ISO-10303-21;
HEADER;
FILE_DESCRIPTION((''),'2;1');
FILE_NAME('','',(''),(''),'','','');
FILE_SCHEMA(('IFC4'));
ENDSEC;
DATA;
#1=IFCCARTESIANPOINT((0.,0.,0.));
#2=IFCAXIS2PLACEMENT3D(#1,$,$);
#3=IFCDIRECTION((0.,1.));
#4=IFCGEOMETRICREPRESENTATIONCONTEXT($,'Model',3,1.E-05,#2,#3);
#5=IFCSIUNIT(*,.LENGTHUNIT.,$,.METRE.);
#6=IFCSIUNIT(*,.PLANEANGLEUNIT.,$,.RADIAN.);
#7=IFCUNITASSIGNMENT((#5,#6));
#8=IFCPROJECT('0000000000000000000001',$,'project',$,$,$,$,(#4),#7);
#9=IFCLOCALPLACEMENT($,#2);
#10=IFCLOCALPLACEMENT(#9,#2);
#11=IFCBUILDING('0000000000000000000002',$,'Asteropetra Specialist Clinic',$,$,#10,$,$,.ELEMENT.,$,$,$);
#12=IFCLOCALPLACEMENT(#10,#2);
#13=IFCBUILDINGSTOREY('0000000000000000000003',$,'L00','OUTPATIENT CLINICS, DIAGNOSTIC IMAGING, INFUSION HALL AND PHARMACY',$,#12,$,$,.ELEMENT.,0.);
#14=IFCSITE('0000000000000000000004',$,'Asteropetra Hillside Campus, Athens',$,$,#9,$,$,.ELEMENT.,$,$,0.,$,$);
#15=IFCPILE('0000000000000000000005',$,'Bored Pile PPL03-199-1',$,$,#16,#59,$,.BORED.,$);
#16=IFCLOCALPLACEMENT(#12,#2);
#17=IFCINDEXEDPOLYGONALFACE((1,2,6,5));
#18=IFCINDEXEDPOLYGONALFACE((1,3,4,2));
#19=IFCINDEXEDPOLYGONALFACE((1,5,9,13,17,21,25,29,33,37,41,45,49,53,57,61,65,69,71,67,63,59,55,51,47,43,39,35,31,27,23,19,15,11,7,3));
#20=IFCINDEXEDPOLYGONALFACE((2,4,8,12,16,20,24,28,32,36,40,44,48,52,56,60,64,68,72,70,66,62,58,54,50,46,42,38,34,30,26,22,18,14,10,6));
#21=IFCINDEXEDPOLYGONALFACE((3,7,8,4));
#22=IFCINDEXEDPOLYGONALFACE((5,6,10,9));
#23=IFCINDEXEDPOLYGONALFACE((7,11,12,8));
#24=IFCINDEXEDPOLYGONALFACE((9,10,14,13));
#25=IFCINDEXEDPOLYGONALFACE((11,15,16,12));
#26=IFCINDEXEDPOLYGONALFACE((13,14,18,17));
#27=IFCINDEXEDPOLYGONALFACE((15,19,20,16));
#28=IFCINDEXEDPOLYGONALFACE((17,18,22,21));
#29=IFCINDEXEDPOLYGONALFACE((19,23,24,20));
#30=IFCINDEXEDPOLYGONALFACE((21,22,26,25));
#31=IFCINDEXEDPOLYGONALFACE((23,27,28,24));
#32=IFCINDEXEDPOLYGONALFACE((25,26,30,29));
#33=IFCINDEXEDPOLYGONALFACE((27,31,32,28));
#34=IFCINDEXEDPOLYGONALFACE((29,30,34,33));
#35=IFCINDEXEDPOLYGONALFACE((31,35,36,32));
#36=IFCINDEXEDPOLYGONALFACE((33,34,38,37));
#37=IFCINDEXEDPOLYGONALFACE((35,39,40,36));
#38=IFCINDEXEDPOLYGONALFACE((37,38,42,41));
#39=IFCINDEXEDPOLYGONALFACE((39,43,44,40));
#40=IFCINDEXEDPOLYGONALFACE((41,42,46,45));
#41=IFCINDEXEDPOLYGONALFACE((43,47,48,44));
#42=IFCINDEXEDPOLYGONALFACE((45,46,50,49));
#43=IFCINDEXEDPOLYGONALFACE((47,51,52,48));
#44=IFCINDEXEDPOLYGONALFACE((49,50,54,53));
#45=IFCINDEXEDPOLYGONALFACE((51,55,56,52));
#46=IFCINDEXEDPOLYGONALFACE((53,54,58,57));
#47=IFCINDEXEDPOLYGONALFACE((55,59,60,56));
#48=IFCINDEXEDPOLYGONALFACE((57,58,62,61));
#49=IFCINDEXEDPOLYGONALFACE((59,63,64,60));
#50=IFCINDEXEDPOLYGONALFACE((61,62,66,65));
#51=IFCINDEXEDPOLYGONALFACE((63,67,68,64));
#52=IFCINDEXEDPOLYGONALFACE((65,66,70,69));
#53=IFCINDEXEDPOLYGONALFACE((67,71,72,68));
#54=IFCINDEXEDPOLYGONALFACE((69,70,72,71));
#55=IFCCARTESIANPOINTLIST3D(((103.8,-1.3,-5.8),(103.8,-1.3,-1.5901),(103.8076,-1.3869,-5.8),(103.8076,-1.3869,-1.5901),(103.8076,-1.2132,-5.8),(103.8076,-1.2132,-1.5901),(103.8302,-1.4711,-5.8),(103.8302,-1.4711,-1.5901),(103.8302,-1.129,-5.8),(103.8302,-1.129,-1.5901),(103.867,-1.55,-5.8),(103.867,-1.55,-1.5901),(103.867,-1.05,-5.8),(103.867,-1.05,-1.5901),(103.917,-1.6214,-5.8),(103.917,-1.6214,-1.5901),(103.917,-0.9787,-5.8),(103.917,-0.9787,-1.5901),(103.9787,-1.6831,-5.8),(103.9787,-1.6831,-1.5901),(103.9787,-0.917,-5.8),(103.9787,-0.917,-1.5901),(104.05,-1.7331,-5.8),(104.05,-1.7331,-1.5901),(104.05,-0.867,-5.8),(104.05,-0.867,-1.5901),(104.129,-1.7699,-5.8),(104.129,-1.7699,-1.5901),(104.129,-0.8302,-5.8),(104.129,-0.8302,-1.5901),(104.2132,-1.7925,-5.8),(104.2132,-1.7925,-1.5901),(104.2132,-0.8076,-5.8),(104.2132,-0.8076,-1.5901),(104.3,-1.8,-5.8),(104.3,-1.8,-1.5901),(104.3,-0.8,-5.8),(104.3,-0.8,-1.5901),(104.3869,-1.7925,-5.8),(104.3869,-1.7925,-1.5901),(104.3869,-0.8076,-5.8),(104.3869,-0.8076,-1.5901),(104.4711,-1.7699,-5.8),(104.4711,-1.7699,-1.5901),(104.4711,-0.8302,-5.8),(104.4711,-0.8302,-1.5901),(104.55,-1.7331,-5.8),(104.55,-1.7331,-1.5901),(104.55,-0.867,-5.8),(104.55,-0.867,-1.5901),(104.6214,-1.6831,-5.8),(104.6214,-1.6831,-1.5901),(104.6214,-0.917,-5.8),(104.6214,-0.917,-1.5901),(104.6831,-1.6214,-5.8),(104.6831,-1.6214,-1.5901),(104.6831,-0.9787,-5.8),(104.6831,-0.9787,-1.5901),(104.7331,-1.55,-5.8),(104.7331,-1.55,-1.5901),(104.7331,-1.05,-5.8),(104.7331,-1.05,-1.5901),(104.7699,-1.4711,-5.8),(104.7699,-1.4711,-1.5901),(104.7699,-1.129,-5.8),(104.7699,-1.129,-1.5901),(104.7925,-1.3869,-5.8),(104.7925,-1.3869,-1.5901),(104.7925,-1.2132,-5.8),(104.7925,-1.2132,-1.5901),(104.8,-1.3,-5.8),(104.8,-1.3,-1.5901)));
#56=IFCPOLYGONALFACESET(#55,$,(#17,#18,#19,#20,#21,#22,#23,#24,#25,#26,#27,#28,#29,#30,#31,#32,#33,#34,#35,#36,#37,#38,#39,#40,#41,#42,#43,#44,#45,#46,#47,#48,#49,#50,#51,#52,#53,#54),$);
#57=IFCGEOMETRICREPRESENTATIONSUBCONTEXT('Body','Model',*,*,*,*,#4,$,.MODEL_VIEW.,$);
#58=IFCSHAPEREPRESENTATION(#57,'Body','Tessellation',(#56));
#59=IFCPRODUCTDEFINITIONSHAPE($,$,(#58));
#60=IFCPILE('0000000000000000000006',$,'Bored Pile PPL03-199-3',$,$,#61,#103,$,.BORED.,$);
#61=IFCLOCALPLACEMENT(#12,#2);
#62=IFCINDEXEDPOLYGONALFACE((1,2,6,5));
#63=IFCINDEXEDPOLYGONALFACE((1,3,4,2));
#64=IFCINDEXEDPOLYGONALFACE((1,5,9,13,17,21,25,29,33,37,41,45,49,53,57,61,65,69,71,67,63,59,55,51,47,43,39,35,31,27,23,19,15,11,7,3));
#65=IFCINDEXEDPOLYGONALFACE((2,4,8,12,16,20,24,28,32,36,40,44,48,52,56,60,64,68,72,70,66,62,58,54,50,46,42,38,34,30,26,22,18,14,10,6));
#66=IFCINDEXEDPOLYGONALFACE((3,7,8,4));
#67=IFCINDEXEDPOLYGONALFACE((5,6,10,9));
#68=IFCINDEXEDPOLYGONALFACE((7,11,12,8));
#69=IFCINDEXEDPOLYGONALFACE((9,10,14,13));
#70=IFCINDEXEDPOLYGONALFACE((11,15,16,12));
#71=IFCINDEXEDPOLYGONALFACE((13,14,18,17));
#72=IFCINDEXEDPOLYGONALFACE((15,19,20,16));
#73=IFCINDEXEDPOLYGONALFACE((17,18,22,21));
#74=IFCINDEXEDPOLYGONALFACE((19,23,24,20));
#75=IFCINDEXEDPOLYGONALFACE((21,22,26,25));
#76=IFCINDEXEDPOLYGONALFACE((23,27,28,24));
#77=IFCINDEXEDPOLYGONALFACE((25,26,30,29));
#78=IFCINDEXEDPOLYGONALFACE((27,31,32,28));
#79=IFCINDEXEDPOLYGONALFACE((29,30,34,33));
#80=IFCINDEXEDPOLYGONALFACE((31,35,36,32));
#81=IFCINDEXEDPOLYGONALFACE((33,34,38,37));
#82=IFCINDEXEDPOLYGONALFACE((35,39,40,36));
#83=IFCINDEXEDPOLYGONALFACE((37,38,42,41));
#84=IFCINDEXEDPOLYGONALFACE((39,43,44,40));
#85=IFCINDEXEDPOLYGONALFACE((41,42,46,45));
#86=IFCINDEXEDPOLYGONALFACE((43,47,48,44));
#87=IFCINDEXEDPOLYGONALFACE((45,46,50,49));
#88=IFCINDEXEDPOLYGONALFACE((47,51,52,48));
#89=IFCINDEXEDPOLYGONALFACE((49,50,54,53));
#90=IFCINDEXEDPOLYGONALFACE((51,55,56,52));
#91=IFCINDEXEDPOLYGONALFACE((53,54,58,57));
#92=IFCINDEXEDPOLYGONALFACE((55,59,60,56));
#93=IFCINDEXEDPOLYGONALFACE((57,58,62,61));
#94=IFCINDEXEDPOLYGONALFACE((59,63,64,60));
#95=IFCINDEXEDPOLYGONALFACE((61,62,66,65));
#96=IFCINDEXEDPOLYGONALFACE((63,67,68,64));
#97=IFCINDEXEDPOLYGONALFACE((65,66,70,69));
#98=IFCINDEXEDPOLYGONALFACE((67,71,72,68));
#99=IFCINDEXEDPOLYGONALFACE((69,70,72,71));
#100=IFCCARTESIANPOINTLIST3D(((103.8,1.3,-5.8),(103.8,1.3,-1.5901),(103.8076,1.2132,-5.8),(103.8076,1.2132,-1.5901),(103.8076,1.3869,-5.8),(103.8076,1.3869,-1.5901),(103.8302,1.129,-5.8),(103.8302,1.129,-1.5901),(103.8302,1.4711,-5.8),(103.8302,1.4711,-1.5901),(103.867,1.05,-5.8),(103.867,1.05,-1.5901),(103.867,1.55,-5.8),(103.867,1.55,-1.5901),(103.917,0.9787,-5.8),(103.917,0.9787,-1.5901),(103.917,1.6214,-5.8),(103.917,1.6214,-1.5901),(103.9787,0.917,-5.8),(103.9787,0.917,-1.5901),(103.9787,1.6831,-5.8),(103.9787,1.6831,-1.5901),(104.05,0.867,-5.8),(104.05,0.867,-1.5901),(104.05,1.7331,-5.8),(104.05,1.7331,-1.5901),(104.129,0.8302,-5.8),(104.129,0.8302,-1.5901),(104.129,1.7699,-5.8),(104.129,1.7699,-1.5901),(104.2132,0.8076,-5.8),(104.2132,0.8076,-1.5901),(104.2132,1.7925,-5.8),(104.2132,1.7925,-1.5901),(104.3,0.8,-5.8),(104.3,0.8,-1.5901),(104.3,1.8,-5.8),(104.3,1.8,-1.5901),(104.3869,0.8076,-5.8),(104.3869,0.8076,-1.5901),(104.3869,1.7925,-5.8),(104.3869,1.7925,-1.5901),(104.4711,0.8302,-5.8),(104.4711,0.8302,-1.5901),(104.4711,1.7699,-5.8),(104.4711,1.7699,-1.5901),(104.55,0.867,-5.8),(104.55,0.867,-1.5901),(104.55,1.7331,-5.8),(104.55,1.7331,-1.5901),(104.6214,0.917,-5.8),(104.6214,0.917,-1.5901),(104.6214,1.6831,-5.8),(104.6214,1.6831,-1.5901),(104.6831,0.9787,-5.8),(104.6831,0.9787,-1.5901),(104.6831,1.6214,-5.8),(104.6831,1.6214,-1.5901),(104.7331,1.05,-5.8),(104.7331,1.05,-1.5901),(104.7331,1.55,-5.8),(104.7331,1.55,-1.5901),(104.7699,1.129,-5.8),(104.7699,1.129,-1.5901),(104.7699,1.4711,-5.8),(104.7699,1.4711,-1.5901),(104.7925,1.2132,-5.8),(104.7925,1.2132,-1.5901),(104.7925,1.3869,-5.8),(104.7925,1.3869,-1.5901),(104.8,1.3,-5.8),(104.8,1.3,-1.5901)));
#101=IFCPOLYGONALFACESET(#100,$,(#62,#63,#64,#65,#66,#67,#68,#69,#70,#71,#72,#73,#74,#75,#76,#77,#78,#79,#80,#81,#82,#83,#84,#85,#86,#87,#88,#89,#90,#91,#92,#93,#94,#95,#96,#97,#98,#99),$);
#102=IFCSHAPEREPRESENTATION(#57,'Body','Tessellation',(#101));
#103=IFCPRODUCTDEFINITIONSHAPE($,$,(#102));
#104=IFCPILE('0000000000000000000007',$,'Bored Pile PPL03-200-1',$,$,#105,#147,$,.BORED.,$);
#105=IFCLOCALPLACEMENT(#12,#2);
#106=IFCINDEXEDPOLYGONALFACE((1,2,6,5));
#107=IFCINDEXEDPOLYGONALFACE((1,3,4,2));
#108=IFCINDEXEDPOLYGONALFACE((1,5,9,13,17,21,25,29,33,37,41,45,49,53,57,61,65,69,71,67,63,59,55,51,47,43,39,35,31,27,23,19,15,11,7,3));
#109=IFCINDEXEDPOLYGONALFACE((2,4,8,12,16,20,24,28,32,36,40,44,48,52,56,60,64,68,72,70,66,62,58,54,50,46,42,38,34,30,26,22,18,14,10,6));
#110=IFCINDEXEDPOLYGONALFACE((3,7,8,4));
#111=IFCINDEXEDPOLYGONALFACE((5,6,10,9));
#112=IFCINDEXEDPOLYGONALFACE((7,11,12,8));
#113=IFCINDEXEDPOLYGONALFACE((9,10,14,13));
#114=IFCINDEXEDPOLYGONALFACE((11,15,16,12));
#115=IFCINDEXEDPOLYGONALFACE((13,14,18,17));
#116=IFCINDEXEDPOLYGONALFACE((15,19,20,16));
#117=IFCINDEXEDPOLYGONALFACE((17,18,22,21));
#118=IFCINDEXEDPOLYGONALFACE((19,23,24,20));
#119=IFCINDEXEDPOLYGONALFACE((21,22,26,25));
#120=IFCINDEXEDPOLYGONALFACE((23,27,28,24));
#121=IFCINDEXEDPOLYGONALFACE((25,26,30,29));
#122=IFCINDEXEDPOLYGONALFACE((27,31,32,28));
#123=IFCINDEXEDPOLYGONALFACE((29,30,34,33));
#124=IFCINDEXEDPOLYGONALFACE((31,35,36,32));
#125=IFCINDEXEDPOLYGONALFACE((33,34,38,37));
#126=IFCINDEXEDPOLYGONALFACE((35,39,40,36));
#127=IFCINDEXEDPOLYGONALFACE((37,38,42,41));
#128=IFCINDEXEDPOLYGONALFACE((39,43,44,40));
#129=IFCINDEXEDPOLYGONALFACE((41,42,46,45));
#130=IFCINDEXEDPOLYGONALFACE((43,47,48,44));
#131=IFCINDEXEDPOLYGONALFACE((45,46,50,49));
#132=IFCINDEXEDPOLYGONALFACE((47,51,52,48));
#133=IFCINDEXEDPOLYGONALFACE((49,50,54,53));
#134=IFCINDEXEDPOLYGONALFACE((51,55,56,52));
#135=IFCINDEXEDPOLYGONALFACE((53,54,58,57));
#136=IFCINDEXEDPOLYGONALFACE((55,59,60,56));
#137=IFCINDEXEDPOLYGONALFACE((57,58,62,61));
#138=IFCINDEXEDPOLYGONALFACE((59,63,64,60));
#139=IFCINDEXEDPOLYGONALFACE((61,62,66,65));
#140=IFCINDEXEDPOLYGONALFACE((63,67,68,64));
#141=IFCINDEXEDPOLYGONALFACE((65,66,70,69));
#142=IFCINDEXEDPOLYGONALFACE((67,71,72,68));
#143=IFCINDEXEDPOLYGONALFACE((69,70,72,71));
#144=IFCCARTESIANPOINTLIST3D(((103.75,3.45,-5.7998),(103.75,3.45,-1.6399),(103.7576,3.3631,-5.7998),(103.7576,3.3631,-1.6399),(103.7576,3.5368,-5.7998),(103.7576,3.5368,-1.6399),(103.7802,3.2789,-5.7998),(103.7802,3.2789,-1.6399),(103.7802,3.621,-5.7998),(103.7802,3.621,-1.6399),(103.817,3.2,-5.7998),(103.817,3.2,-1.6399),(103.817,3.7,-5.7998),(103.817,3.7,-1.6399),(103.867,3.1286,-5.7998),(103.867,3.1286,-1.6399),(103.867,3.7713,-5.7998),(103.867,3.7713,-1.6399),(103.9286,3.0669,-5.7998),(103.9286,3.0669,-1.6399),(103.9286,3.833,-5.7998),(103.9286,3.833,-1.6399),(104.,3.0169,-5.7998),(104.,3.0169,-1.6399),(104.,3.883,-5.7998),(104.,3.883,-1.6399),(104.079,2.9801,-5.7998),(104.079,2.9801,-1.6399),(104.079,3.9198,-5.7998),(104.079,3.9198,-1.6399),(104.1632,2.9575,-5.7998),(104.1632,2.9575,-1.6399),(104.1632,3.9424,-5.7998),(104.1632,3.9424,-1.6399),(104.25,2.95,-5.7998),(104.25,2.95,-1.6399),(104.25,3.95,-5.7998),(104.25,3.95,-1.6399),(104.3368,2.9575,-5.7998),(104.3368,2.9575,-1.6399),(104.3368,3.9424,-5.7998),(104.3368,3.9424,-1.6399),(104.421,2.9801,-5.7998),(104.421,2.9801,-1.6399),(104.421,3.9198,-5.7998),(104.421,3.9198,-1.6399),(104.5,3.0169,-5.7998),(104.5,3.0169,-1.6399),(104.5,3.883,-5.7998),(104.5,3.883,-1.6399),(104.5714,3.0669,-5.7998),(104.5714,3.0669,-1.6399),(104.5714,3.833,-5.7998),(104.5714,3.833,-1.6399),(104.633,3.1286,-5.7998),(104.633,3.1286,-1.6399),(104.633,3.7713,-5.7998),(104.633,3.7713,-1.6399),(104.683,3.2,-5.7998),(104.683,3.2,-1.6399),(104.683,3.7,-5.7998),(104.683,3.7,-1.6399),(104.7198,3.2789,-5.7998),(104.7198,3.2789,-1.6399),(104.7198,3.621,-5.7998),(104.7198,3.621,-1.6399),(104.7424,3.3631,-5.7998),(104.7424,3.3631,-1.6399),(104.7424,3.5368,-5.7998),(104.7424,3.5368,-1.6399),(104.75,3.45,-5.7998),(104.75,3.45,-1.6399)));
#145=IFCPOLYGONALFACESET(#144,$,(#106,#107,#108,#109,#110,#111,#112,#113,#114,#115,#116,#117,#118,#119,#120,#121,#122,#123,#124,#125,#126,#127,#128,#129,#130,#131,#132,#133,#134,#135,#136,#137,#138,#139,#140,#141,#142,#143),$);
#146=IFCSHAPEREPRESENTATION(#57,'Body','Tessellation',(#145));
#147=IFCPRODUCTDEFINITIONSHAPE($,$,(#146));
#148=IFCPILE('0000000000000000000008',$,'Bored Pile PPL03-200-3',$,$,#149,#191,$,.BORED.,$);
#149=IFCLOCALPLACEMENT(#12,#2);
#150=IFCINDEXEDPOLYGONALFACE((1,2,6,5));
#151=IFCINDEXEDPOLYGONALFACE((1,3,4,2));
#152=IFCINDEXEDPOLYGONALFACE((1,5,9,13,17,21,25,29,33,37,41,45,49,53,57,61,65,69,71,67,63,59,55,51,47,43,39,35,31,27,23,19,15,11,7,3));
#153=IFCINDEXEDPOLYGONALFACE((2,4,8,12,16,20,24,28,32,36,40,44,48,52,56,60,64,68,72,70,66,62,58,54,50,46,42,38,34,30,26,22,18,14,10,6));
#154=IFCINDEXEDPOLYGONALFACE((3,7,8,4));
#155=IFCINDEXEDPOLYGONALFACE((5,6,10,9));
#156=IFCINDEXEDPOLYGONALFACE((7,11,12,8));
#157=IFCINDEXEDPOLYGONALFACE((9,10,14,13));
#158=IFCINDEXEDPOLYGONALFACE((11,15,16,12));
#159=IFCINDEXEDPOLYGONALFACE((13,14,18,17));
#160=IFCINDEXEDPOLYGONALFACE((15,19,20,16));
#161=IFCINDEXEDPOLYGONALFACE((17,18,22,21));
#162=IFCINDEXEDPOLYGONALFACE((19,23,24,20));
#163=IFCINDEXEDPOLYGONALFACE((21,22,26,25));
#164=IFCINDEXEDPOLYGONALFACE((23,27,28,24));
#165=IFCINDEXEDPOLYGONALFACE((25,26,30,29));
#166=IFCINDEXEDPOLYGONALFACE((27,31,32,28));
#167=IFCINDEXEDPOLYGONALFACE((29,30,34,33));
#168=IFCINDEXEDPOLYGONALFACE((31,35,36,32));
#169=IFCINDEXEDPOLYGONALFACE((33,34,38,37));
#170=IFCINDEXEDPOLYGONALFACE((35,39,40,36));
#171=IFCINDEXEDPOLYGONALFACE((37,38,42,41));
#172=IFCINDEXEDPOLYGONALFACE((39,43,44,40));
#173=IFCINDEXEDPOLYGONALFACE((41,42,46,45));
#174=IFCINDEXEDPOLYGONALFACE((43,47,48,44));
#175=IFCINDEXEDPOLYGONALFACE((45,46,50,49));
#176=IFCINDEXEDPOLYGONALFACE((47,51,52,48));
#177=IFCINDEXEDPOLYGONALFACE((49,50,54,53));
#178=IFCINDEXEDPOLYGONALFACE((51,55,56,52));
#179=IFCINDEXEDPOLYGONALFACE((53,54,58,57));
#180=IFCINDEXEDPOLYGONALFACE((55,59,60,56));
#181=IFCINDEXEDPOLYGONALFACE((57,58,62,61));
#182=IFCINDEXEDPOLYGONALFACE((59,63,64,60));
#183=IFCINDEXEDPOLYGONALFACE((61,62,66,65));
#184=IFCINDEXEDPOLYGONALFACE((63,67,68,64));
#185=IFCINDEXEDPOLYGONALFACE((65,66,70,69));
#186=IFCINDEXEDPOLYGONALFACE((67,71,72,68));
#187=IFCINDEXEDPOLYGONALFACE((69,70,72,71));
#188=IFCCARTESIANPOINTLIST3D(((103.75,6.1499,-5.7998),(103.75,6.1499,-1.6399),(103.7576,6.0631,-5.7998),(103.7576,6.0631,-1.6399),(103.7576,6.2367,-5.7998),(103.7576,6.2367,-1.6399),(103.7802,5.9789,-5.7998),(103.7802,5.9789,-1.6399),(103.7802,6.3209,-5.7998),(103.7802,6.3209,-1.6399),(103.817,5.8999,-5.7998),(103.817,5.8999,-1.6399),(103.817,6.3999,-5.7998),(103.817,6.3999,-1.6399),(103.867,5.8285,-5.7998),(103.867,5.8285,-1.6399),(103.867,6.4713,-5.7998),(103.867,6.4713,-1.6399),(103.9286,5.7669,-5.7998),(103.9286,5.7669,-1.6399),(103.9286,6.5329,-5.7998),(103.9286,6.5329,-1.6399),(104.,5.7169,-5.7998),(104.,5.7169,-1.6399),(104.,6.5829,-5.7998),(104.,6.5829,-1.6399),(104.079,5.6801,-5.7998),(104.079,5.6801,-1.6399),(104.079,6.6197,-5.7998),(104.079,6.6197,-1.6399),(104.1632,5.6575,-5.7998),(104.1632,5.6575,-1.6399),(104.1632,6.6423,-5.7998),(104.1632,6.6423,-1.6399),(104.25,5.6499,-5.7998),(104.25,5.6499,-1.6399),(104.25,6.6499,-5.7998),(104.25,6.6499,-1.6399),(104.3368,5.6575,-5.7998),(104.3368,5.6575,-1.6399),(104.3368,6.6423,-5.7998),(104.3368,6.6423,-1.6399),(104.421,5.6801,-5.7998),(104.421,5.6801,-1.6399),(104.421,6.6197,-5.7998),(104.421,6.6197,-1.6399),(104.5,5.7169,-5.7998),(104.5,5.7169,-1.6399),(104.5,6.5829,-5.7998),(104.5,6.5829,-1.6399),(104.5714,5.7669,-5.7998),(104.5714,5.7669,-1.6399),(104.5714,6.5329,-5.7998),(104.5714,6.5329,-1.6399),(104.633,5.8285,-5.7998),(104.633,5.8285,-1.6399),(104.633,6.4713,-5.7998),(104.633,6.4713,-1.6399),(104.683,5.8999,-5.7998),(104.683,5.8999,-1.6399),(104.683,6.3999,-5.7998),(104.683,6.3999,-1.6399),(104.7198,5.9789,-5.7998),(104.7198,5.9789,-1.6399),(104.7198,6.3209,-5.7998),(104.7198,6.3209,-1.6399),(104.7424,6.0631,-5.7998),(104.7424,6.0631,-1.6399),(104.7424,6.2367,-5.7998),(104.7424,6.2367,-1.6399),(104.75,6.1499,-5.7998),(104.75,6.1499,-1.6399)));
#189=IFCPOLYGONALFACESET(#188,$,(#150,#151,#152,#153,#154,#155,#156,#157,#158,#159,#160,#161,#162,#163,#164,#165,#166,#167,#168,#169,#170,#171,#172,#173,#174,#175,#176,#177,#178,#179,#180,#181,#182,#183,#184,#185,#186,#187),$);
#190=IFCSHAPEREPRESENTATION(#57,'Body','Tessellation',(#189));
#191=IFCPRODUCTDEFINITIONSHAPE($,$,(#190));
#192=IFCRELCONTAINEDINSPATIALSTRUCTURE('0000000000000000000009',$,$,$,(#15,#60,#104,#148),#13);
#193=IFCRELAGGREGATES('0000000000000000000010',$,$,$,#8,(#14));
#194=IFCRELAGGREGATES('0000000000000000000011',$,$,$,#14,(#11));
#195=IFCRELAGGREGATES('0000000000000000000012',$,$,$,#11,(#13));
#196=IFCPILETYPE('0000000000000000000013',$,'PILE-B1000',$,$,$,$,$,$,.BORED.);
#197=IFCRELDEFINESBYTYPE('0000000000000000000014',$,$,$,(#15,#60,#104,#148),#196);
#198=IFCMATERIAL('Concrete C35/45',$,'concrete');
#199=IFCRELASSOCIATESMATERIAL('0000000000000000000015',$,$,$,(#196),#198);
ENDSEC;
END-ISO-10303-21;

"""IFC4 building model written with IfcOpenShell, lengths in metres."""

from ifc_helpers import new_model, si_unit, direction, frame, origin, origin_2d, place, context, subcontext, project, spatial, circle, extrude, material, material_profile, profile_set, type_object, element, save


model = new_model("IFC4")

# Units and contexts
model_context = context("Model", 3, precision=1e-05, world=origin(), true_north=direction((0.0, 1.0)))
body_context = subcontext(model_context, "Body", "Model", "MODEL_VIEW")
ifc_project = project(units=[si_unit("LENGTHUNIT", "METRE"), si_unit("PLANEANGLEUNIT", "RADIAN")], contexts=[model_context])

# Site, building, storey
site_placement = place(None, origin())
site = spatial("IfcSite", under=ifc_project, at=site_placement, Name="Asteropetra Hillside Campus, Athens", CompositionType="ELEMENT", RefElevation=0.0)
building_placement = place(site_placement, origin())
building = spatial("IfcBuilding", under=site, at=building_placement, Name="Asteropetra Specialist Clinic", CompositionType="ELEMENT")
storey_placement = place(building_placement, origin())
storey = spatial("IfcBuildingStorey", under=building, at=storey_placement, Name="L00", Description="OUTPATIENT CLINICS, DIAGNOSTIC IMAGING, INFUSION HALL AND PHARMACY", CompositionType="ELEMENT", Elevation=0.0)

# Piles
ifc_material_1 = material(Name="Concrete C35/45", Category="concrete")
ifc_material_profile_1 = material_profile(ifc_material_1, circle(Radius=0.5, at=origin_2d()), Name="PILE D1000")
ifc_profile_set_1 = profile_set([ifc_material_profile_1], Name="Concrete C35/45")
pile_type_1 = type_object("IfcPileType", Name="PILE-B1000", PredefinedType="BORED", material=ifc_profile_set_1)
for number, where, z_axis, x_axis, name in (
    (1, (104.3, -1.3, -1.5901), (0.0, 0.0, -1.0), (1.0, 0.0, 0.0), "Bored Pile PPL03-199-1"),
    (2, (104.3, 1.3, -1.5901), (0.0, 0.0, -1.0), (1.0, 0.0, 0.0), "Bored Pile PPL03-199-3"),
):
    element("IfcPile", number, at=place(storey_placement, frame(where, z_axis=z_axis, x_axis=x_axis)), inside=storey, type_object=pile_type_1, Name=name, PredefinedType="BORED", context=body_context, shape_type="SweptSolid", body=[
        extrude(circle(Radius=0.5, at=origin_2d()), origin(), (0.0, 0.0, 1.0), 4.21),
    ])
for number, where, z_axis, x_axis, name in (
    (3, (104.25, 3.45, -1.6399), (0.0, 0.0, -1.0), (1.0, 0.0, 0.0), "Bored Pile PPL03-200-1"),
    (4, (104.25, 6.1499, -1.6399), (0.0, 0.0, -1.0), (1.0, 0.0, 0.0), "Bored Pile PPL03-200-3"),
):
    element("IfcPile", number, at=place(storey_placement, frame(where, z_axis=z_axis, x_axis=x_axis)), inside=storey, type_object=pile_type_1, Name=name, PredefinedType="BORED", context=body_context, shape_type="SweptSolid", body=[
        extrude(circle(Radius=0.5, at=origin_2d()), origin(), (0.0, 0.0, 1.0), 4.1599),
    ])

save(model, "model.ifc")
